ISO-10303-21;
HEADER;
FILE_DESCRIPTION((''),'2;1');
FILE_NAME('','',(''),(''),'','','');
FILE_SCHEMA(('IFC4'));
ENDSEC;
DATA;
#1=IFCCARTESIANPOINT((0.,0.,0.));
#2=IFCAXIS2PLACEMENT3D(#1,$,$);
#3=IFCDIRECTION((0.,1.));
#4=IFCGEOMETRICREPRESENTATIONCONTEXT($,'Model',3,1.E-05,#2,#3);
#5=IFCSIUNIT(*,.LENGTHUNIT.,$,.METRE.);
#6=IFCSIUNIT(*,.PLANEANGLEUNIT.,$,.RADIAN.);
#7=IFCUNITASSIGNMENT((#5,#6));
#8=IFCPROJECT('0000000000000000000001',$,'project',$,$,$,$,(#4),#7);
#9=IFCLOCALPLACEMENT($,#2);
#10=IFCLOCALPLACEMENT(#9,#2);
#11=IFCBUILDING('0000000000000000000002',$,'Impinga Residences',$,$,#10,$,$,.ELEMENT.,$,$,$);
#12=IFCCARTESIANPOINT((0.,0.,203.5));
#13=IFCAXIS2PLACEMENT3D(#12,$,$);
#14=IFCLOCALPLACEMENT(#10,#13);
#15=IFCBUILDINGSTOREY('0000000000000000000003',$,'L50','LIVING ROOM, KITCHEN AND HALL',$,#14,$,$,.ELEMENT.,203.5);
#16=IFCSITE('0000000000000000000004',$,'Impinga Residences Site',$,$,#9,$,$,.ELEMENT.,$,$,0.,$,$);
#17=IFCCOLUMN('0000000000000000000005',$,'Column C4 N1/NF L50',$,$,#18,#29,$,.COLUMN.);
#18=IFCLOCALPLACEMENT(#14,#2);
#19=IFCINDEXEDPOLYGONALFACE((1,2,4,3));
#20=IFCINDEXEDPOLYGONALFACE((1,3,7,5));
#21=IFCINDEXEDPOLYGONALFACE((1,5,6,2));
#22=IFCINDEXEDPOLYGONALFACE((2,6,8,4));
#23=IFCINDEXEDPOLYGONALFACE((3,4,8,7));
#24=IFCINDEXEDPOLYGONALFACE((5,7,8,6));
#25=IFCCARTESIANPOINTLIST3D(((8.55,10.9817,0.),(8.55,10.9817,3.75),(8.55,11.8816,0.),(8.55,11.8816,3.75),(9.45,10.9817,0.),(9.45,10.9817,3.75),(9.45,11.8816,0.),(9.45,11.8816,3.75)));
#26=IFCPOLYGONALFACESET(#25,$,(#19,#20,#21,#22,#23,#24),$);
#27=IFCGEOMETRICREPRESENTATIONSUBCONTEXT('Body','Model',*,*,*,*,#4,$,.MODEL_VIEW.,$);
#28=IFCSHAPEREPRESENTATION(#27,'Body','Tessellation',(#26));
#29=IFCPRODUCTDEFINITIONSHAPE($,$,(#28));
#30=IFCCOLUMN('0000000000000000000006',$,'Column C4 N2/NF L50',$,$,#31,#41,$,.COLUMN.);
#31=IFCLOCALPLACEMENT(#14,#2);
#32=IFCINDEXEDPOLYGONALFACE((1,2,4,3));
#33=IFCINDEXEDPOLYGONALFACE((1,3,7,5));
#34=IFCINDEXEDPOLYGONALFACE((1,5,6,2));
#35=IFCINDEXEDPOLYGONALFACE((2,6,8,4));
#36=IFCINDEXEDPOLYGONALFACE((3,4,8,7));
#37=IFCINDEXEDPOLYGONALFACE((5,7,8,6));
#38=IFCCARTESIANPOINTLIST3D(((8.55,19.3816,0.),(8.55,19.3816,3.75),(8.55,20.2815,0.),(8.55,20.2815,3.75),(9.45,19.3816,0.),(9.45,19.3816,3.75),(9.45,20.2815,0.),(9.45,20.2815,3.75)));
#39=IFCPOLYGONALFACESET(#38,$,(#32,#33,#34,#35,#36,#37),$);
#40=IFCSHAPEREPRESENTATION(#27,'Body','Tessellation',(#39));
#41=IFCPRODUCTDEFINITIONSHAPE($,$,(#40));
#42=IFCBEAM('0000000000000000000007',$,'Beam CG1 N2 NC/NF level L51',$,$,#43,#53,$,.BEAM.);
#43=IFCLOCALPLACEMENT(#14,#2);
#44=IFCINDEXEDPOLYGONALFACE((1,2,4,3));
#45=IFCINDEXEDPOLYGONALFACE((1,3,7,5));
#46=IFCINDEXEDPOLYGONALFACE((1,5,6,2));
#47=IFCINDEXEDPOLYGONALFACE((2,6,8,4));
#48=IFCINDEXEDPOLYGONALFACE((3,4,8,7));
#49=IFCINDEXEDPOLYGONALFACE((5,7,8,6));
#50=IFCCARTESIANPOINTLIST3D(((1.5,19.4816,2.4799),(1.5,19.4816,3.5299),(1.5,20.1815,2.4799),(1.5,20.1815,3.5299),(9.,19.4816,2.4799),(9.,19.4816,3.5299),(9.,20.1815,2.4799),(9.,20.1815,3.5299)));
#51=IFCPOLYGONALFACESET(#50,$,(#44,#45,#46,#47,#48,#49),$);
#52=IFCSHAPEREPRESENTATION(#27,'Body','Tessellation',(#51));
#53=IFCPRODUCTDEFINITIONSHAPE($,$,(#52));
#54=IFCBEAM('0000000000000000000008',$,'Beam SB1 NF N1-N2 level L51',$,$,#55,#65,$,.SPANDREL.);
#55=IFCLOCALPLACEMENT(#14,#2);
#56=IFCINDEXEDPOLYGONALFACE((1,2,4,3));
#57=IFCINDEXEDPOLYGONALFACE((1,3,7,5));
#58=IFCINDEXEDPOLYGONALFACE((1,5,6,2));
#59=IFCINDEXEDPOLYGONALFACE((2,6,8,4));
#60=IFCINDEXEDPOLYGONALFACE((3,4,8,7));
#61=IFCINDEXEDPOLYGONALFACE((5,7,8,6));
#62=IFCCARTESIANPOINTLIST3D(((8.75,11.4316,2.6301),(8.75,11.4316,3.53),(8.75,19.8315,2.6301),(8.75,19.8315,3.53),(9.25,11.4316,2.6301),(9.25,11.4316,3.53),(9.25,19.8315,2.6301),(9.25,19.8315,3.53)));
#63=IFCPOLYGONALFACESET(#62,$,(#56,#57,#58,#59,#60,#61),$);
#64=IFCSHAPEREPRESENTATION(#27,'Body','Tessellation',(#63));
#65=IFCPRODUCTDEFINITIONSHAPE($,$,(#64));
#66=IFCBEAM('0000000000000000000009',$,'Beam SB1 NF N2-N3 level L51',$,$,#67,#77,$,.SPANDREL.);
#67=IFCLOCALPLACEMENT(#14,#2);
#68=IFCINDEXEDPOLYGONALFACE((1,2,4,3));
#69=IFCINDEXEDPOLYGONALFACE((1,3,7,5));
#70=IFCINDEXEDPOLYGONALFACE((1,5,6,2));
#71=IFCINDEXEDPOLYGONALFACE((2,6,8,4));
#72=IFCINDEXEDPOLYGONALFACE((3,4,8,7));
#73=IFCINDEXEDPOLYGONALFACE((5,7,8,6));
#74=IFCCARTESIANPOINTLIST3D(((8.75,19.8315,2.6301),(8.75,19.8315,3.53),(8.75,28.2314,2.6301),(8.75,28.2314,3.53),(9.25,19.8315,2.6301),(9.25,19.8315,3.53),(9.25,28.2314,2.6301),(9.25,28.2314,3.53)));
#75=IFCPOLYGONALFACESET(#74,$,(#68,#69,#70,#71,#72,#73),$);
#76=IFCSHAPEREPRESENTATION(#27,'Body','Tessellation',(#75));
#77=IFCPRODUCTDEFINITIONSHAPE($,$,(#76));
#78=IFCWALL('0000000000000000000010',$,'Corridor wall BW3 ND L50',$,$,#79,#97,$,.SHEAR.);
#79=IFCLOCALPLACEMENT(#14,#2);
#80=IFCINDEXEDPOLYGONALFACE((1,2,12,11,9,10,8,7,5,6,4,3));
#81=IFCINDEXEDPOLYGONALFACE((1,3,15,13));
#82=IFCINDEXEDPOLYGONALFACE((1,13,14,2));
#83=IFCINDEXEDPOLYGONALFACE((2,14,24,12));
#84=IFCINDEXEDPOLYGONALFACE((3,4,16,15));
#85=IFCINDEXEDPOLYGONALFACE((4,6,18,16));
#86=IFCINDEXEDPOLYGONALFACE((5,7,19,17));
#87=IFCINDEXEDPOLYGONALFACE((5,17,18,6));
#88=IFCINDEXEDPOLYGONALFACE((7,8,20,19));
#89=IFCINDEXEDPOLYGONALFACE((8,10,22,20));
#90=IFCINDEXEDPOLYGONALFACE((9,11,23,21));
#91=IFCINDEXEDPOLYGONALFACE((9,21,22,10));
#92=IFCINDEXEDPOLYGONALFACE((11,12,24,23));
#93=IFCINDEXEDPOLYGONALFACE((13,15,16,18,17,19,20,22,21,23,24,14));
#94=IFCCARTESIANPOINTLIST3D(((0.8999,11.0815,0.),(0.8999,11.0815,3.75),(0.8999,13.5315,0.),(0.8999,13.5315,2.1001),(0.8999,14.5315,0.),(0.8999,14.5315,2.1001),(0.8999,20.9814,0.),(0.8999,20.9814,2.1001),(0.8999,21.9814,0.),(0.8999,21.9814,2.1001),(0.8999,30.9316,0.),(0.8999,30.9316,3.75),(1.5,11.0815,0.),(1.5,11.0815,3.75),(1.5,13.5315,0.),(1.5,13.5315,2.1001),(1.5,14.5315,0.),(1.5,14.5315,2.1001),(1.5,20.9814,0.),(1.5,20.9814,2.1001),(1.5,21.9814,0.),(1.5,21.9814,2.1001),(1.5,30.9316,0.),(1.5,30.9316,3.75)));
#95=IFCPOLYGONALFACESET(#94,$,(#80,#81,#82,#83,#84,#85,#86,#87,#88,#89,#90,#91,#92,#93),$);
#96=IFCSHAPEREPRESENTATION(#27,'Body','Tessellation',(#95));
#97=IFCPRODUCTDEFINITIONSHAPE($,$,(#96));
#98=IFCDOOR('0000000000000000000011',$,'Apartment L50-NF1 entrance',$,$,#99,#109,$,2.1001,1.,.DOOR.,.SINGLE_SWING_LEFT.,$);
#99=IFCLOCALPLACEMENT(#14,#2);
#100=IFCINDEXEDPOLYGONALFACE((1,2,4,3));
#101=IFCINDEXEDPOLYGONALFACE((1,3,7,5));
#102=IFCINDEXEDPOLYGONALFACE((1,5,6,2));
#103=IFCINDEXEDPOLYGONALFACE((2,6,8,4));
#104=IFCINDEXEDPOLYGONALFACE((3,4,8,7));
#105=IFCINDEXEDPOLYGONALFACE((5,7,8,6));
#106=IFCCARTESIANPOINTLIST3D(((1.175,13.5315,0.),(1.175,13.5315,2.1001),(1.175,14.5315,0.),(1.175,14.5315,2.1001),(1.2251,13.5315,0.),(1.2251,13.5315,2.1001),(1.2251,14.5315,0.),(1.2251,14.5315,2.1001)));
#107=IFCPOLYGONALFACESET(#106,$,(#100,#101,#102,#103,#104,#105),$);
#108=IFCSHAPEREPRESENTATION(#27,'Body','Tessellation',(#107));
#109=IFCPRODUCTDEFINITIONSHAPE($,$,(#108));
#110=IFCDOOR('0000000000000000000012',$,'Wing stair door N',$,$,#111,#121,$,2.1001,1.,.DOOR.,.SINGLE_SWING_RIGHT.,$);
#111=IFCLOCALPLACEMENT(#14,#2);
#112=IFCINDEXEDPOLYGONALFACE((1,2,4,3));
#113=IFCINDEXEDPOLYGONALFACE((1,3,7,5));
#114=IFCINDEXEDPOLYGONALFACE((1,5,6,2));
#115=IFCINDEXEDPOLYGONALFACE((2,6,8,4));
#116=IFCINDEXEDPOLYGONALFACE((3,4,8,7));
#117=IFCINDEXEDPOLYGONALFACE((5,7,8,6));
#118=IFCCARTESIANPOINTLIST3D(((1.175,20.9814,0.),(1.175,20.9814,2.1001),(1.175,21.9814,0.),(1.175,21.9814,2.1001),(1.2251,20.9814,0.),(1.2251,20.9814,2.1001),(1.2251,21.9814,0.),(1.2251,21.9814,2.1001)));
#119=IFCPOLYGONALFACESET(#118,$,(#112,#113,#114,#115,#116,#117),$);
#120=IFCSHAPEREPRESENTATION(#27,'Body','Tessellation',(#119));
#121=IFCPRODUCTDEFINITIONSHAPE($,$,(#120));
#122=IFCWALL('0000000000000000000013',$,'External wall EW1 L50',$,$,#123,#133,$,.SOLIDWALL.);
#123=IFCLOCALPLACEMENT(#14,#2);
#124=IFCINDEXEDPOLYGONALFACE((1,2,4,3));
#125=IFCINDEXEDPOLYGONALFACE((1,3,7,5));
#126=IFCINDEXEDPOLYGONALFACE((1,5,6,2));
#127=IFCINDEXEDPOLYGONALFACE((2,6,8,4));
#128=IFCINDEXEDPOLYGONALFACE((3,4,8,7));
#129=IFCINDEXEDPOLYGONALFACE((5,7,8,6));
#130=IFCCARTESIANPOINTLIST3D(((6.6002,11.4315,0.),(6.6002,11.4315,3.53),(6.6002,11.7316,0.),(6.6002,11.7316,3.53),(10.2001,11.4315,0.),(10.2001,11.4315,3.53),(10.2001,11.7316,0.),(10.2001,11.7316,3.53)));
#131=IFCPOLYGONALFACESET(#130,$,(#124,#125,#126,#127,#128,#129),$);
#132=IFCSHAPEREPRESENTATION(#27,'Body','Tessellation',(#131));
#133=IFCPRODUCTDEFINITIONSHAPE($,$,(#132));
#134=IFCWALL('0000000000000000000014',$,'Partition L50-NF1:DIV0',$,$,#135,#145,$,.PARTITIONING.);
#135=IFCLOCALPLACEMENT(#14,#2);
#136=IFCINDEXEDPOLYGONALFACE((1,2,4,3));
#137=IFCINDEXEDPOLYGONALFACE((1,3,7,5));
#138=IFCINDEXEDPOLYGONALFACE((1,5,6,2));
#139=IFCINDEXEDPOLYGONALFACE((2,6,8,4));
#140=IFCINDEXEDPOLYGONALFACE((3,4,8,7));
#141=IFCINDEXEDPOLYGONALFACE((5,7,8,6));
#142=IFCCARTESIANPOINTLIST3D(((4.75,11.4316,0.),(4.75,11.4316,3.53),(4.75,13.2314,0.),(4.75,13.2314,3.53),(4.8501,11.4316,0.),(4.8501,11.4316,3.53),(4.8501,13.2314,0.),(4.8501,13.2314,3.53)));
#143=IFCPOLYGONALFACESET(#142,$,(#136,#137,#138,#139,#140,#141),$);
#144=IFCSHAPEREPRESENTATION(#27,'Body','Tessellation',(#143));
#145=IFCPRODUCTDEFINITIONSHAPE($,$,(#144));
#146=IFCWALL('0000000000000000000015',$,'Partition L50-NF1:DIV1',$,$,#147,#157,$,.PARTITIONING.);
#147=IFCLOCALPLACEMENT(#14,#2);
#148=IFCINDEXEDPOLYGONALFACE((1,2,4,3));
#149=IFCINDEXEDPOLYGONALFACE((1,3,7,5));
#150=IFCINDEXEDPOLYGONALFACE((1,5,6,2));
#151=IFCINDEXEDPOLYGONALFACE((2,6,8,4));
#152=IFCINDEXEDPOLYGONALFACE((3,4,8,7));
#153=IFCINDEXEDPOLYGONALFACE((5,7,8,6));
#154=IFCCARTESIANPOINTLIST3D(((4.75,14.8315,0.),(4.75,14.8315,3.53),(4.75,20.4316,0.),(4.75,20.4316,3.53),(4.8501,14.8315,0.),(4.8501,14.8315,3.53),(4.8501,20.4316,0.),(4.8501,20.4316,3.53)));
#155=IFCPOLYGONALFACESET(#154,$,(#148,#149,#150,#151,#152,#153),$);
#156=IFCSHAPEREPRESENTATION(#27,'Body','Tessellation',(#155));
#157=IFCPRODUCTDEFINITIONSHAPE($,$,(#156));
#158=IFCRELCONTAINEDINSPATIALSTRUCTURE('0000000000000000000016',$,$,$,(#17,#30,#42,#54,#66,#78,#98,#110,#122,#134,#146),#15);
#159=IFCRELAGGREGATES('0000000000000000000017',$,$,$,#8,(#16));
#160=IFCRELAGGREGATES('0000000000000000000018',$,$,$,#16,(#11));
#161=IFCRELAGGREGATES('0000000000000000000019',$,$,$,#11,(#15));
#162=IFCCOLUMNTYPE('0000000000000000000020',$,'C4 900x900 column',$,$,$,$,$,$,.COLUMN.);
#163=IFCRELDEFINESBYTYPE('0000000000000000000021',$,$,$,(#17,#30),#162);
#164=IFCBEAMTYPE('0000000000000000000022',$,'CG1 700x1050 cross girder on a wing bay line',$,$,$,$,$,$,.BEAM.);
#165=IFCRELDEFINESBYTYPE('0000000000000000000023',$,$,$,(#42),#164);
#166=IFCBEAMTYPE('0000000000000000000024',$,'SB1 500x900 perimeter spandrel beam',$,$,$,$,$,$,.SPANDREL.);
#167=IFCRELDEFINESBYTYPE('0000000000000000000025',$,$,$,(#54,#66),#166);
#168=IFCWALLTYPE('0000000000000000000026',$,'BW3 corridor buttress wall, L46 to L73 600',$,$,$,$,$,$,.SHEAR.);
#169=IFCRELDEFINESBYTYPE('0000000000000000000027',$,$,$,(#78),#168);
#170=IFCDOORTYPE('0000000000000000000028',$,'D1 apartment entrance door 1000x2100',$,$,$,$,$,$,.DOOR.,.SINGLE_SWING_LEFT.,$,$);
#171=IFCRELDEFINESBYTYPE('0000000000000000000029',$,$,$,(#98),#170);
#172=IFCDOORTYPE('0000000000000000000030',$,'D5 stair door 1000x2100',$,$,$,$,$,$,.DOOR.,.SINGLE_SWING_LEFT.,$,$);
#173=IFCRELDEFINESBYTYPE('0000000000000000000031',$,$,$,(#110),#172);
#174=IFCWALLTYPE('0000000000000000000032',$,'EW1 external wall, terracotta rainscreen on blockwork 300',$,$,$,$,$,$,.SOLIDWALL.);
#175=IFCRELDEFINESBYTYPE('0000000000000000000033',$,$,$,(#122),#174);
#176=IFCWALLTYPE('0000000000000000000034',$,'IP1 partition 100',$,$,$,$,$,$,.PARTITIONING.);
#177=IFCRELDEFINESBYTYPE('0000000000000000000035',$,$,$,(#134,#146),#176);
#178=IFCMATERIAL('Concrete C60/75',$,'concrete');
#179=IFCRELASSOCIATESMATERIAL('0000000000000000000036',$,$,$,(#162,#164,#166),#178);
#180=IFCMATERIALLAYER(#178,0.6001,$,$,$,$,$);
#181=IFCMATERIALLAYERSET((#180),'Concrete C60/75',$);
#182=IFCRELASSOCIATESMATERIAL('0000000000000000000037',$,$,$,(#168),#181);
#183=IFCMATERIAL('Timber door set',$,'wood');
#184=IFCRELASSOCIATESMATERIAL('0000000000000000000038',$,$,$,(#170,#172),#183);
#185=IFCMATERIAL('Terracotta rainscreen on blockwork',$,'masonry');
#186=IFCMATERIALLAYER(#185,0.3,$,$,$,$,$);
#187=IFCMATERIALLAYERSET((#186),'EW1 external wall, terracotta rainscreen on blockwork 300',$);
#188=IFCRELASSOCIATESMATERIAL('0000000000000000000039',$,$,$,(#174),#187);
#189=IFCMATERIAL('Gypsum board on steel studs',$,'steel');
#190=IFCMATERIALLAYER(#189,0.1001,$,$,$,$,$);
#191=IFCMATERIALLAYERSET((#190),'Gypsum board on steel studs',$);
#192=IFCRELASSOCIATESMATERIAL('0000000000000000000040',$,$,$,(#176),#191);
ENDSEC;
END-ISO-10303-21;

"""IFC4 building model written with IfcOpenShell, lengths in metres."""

from ifc_helpers import new_model, si_unit, direction, frame, frame_2d, origin, origin_2d, place, context, subcontext, project, spatial, rectangle, extrude, material, layer, layer_set, material_profile, profile_set, type_object, element, fill, save


model = new_model("IFC4")

# Units and contexts
model_context = context("Model", 3, precision=1e-05, world=origin(), true_north=direction((0.0, 1.0)))
body_context = subcontext(model_context, "Body", "Model", "MODEL_VIEW")
ifc_project = project(units=[si_unit("LENGTHUNIT", "METRE"), si_unit("PLANEANGLEUNIT", "RADIAN")], contexts=[model_context])

# Site, building, storey
site_placement = place(None, origin())
site = spatial("IfcSite", under=ifc_project, at=site_placement, Name="Impinga Residences Site", CompositionType="ELEMENT", RefElevation=0.0)
building_placement = place(site_placement, origin())
building = spatial("IfcBuilding", under=site, at=building_placement, Name="Impinga Residences", CompositionType="ELEMENT")
storey_placement = place(building_placement, frame((0.0, 0.0, 203.5)))
storey = spatial("IfcBuildingStorey", under=building, at=storey_placement, Name="L50", Description="LIVING ROOM, KITCHEN AND HALL", CompositionType="ELEMENT", Elevation=203.5)

# Columns
ifc_material_1 = material(Name="Concrete C60/75", Category="concrete")
ifc_material_profile_1 = material_profile(ifc_material_1, rectangle(XDim=0.8999, YDim=0.8999, at=origin_2d()), Name="RC 900x900")
ifc_profile_set_1 = profile_set([ifc_material_profile_1], Name="Concrete C60/75")
column_type = type_object("IfcColumnType", Name="C4 900x900 column", PredefinedType="COLUMN", material=ifc_profile_set_1)
for number, where, z_axis, x_axis, name in (
    (1, (9.0, 11.4316, 0.0), (0.0, 0.0, 1.0), (1.0, 0.0, 0.0), "Column C4 N1/NF L50"),
    (2, (9.0, 19.8315, 0.0), (0.0, 0.0, 1.0), (1.0, 0.0, 0.0), "Column C4 N2/NF L50"),
):
    element("IfcColumn", number, at=place(storey_placement, frame(where, z_axis=z_axis, x_axis=x_axis)), inside=storey, type_object=column_type, Name=name, PredefinedType="COLUMN", context=body_context, shape_type="SweptSolid", body=[
        extrude(rectangle(XDim=0.8999, YDim=0.8999, at=origin_2d()), origin(), (0.0, 0.0, 1.0), 3.75),
    ])

# Beams
ifc_material_profile_2 = material_profile(ifc_material_1, rectangle(XDim=0.7, YDim=1.05, at=origin_2d()), Name="RC 700x1050")
ifc_profile_set_2 = profile_set([ifc_material_profile_2], Name="Concrete C60/75")
beam_type_1 = type_object("IfcBeamType", Name="CG1 700x1050 cross girder on a wing bay line", PredefinedType="BEAM", material=ifc_profile_set_2)
beam_placement = place(storey_placement, frame((1.5, 19.8315, 3.0049), z_axis=(1.0, 0.0, 0.0), x_axis=(0.0, 1.0, 0.0)))
element("IfcBeam", 3, at=beam_placement, inside=storey, type_object=beam_type_1, Name="Beam CG1 N2 NC/NF level L51", PredefinedType="BEAM", context=body_context, shape_type="SweptSolid", body=[
    extrude(rectangle(XDim=0.7, YDim=1.05, at=origin_2d()), origin(), (0.0, 0.0, 1.0), 7.5),
])
ifc_material_profile_3 = material_profile(ifc_material_1, rectangle(XDim=0.5, YDim=0.8999, at=origin_2d()), Name="RC 500x900")
ifc_profile_set_3 = profile_set([ifc_material_profile_3], Name="Concrete C60/75")
beam_type_2 = type_object("IfcBeamType", Name="SB1 500x900 perimeter spandrel beam", PredefinedType="SPANDREL", material=ifc_profile_set_3)
for number, where, z_axis, x_axis, name in (
    (4, (9.0, 11.4316, 3.0801), (0.0, 1.0, 0.0), (-1.0, 0.0, 0.0), "Beam SB1 NF N1-N2 level L51"),
    (5, (9.0, 19.8315, 3.0801), (0.0, 1.0, 0.0), (-1.0, 0.0, 0.0), "Beam SB1 NF N2-N3 level L51"),
):
    element("IfcBeam", number, at=place(storey_placement, frame(where, z_axis=z_axis, x_axis=x_axis)), inside=storey, type_object=beam_type_2, Name=name, PredefinedType="SPANDREL", context=body_context, shape_type="SweptSolid", body=[
        extrude(rectangle(XDim=0.5, YDim=0.8999, at=origin_2d()), origin(), (0.0, 0.0, 1.0), 8.3999),
    ])

# Wall, openings, doors
ifc_layer_1 = layer(ifc_material_1, 0.6001)
ifc_layer_set_1 = layer_set([ifc_layer_1], Name="Concrete C60/75")
wall_type_1 = type_object("IfcWallType", Name="BW3 corridor buttress wall, L46 to L73 600", PredefinedType="SHEAR", material=ifc_layer_set_1)
wall_1_placement = place(storey_placement, frame((1.2, 11.0815, 0.0), z_axis=(0.0, 0.0, 1.0), x_axis=(0.0, 1.0, 0.0)))
wall_1 = element("IfcWall", 6, at=wall_1_placement, inside=storey, type_object=wall_type_1, Name="Corridor wall BW3 ND L50", PredefinedType="SHEAR", context=body_context, shape_type="SweptSolid", body=[
    extrude(rectangle(XDim=19.8501, YDim=0.6001, at=frame_2d((9.925, 0.0))), origin(), (0.0, 0.0, 1.0), 3.75),
])
opening_1_placement = place(wall_1_placement, frame((9.8999, 0.0, 0.0)))
opening_1 = element("IfcOpeningElement", 7, at=opening_1_placement, cuts=wall_1, PredefinedType="OPENING", context=body_context, shape_type="SweptSolid", body=[
    extrude(rectangle(XDim=1.0, YDim=2.1001, at=frame_2d((0.5, 1.05))), frame((0.0, 0.3101, 0.0), z_axis=(0.0, -1.0, 0.0), x_axis=(1.0, 0.0, 0.0)), (0.0, 0.0, 1.0), 0.6201),
])
opening_2_placement = place(wall_1_placement, frame((2.45, 0.0, 0.0)))
opening_2 = element("IfcOpeningElement", 8, at=opening_2_placement, cuts=wall_1, PredefinedType="OPENING", context=body_context, shape_type="SweptSolid", body=[
    extrude(rectangle(XDim=1.0, YDim=2.1001, at=frame_2d((0.5, 1.05))), frame((0.0, 0.3101, 0.0), z_axis=(0.0, -1.0, 0.0), x_axis=(1.0, 0.0, 0.0)), (0.0, 0.0, 1.0), 0.6201),
])
ifc_material_2 = material(Name="Timber door set", Category="wood")
door_type_1 = type_object("IfcDoorType", Name="D1 apartment entrance door 1000x2100", OperationType="SINGLE_SWING_LEFT", PredefinedType="DOOR", material=ifc_material_2)
door_1_placement = place(opening_2_placement, origin())
door_1 = element("IfcDoor", 9, at=door_1_placement, inside=storey, type_object=door_type_1, Name="Apartment L50-NF1 entrance", OperationType="SINGLE_SWING_LEFT", OverallHeight=2.1001, OverallWidth=1.0, PredefinedType="DOOR", context=body_context, shape_type="SweptSolid", body=[
    extrude(rectangle(XDim=1.0, YDim=2.1001, at=frame_2d((0.5, 1.05))), frame((0.0, 0.0249, 0.0), z_axis=(0.0, -1.0, 0.0), x_axis=(1.0, 0.0, 0.0)), (0.0, 0.0, 1.0), 0.05),
])
fill(opening_2, door_1)
door_type_2 = type_object("IfcDoorType", Name="D5 stair door 1000x2100", OperationType="SINGLE_SWING_LEFT", PredefinedType="DOOR", material=ifc_material_2)
door_2_placement = place(opening_1_placement, origin())
door_2 = element("IfcDoor", 10, at=door_2_placement, inside=storey, type_object=door_type_2, Name="Wing stair door N", OperationType="SINGLE_SWING_RIGHT", OverallHeight=2.1001, OverallWidth=1.0, PredefinedType="DOOR", context=body_context, shape_type="SweptSolid", body=[
    extrude(rectangle(XDim=1.0, YDim=2.1001, at=frame_2d((0.5, 1.05))), frame((0.0, 0.0249, 0.0), z_axis=(0.0, -1.0, 0.0), x_axis=(1.0, 0.0, 0.0)), (0.0, 0.0, 1.0), 0.05),
])
fill(opening_1, door_2)

# Walls
ifc_material_3 = material(Name="Terracotta rainscreen on blockwork", Category="masonry")
ifc_layer_2 = layer(ifc_material_3, 0.3)
ifc_layer_set_2 = layer_set([ifc_layer_2], Name="EW1 external wall, terracotta rainscreen on blockwork 300")
wall_type_2 = type_object("IfcWallType", Name="EW1 external wall, terracotta rainscreen on blockwork 300", PredefinedType="SOLIDWALL", material=ifc_layer_set_2)
wall_2_placement = place(storey_placement, frame((10.2, 11.5815, 0.0), z_axis=(0.0, 0.0, 1.0), x_axis=(-1.0, 0.0, 0.0)))
element("IfcWall", 11, at=wall_2_placement, inside=storey, type_object=wall_type_2, Name="External wall EW1 L50", PredefinedType="SOLIDWALL", context=body_context, shape_type="SweptSolid", body=[
    extrude(rectangle(XDim=3.5999, YDim=0.3, at=frame_2d((1.7998, 0.0))), origin(), (0.0, 0.0, 1.0), 3.53),
])
ifc_material_4 = material(Name="Gypsum board on steel studs", Category="steel")
ifc_layer_3 = layer(ifc_material_4, 0.1001)
ifc_layer_set_3 = layer_set([ifc_layer_3], Name="Gypsum board on steel studs")
wall_type_3 = type_object("IfcWallType", Name="IP1 partition 100", PredefinedType="PARTITIONING", material=ifc_layer_set_3)
wall_3_placement = place(storey_placement, frame((4.8, 11.4316, 0.0), z_axis=(0.0, 0.0, 1.0), x_axis=(0.0, 1.0, 0.0)))
element("IfcWall", 12, at=wall_3_placement, inside=storey, type_object=wall_type_3, Name="Partition L50-NF1:DIV0", PredefinedType="PARTITIONING", context=body_context, shape_type="SweptSolid", body=[
    extrude(rectangle(XDim=1.7998, YDim=0.1001, at=frame_2d((0.8999, 0.0))), origin(), (0.0, 0.0, 1.0), 3.53),
])
wall_4_placement = place(storey_placement, frame((4.8, 14.8315, 0.0), z_axis=(0.0, 0.0, 1.0), x_axis=(0.0, 1.0, 0.0)))
element("IfcWall", 13, at=wall_4_placement, inside=storey, type_object=wall_type_3, Name="Partition L50-NF1:DIV1", PredefinedType="PARTITIONING", context=body_context, shape_type="SweptSolid", body=[
    extrude(rectangle(XDim=5.6001, YDim=0.1001, at=frame_2d((2.8, 0.0))), origin(), (0.0, 0.0, 1.0), 3.53),
])

save(model, "model.ifc")
